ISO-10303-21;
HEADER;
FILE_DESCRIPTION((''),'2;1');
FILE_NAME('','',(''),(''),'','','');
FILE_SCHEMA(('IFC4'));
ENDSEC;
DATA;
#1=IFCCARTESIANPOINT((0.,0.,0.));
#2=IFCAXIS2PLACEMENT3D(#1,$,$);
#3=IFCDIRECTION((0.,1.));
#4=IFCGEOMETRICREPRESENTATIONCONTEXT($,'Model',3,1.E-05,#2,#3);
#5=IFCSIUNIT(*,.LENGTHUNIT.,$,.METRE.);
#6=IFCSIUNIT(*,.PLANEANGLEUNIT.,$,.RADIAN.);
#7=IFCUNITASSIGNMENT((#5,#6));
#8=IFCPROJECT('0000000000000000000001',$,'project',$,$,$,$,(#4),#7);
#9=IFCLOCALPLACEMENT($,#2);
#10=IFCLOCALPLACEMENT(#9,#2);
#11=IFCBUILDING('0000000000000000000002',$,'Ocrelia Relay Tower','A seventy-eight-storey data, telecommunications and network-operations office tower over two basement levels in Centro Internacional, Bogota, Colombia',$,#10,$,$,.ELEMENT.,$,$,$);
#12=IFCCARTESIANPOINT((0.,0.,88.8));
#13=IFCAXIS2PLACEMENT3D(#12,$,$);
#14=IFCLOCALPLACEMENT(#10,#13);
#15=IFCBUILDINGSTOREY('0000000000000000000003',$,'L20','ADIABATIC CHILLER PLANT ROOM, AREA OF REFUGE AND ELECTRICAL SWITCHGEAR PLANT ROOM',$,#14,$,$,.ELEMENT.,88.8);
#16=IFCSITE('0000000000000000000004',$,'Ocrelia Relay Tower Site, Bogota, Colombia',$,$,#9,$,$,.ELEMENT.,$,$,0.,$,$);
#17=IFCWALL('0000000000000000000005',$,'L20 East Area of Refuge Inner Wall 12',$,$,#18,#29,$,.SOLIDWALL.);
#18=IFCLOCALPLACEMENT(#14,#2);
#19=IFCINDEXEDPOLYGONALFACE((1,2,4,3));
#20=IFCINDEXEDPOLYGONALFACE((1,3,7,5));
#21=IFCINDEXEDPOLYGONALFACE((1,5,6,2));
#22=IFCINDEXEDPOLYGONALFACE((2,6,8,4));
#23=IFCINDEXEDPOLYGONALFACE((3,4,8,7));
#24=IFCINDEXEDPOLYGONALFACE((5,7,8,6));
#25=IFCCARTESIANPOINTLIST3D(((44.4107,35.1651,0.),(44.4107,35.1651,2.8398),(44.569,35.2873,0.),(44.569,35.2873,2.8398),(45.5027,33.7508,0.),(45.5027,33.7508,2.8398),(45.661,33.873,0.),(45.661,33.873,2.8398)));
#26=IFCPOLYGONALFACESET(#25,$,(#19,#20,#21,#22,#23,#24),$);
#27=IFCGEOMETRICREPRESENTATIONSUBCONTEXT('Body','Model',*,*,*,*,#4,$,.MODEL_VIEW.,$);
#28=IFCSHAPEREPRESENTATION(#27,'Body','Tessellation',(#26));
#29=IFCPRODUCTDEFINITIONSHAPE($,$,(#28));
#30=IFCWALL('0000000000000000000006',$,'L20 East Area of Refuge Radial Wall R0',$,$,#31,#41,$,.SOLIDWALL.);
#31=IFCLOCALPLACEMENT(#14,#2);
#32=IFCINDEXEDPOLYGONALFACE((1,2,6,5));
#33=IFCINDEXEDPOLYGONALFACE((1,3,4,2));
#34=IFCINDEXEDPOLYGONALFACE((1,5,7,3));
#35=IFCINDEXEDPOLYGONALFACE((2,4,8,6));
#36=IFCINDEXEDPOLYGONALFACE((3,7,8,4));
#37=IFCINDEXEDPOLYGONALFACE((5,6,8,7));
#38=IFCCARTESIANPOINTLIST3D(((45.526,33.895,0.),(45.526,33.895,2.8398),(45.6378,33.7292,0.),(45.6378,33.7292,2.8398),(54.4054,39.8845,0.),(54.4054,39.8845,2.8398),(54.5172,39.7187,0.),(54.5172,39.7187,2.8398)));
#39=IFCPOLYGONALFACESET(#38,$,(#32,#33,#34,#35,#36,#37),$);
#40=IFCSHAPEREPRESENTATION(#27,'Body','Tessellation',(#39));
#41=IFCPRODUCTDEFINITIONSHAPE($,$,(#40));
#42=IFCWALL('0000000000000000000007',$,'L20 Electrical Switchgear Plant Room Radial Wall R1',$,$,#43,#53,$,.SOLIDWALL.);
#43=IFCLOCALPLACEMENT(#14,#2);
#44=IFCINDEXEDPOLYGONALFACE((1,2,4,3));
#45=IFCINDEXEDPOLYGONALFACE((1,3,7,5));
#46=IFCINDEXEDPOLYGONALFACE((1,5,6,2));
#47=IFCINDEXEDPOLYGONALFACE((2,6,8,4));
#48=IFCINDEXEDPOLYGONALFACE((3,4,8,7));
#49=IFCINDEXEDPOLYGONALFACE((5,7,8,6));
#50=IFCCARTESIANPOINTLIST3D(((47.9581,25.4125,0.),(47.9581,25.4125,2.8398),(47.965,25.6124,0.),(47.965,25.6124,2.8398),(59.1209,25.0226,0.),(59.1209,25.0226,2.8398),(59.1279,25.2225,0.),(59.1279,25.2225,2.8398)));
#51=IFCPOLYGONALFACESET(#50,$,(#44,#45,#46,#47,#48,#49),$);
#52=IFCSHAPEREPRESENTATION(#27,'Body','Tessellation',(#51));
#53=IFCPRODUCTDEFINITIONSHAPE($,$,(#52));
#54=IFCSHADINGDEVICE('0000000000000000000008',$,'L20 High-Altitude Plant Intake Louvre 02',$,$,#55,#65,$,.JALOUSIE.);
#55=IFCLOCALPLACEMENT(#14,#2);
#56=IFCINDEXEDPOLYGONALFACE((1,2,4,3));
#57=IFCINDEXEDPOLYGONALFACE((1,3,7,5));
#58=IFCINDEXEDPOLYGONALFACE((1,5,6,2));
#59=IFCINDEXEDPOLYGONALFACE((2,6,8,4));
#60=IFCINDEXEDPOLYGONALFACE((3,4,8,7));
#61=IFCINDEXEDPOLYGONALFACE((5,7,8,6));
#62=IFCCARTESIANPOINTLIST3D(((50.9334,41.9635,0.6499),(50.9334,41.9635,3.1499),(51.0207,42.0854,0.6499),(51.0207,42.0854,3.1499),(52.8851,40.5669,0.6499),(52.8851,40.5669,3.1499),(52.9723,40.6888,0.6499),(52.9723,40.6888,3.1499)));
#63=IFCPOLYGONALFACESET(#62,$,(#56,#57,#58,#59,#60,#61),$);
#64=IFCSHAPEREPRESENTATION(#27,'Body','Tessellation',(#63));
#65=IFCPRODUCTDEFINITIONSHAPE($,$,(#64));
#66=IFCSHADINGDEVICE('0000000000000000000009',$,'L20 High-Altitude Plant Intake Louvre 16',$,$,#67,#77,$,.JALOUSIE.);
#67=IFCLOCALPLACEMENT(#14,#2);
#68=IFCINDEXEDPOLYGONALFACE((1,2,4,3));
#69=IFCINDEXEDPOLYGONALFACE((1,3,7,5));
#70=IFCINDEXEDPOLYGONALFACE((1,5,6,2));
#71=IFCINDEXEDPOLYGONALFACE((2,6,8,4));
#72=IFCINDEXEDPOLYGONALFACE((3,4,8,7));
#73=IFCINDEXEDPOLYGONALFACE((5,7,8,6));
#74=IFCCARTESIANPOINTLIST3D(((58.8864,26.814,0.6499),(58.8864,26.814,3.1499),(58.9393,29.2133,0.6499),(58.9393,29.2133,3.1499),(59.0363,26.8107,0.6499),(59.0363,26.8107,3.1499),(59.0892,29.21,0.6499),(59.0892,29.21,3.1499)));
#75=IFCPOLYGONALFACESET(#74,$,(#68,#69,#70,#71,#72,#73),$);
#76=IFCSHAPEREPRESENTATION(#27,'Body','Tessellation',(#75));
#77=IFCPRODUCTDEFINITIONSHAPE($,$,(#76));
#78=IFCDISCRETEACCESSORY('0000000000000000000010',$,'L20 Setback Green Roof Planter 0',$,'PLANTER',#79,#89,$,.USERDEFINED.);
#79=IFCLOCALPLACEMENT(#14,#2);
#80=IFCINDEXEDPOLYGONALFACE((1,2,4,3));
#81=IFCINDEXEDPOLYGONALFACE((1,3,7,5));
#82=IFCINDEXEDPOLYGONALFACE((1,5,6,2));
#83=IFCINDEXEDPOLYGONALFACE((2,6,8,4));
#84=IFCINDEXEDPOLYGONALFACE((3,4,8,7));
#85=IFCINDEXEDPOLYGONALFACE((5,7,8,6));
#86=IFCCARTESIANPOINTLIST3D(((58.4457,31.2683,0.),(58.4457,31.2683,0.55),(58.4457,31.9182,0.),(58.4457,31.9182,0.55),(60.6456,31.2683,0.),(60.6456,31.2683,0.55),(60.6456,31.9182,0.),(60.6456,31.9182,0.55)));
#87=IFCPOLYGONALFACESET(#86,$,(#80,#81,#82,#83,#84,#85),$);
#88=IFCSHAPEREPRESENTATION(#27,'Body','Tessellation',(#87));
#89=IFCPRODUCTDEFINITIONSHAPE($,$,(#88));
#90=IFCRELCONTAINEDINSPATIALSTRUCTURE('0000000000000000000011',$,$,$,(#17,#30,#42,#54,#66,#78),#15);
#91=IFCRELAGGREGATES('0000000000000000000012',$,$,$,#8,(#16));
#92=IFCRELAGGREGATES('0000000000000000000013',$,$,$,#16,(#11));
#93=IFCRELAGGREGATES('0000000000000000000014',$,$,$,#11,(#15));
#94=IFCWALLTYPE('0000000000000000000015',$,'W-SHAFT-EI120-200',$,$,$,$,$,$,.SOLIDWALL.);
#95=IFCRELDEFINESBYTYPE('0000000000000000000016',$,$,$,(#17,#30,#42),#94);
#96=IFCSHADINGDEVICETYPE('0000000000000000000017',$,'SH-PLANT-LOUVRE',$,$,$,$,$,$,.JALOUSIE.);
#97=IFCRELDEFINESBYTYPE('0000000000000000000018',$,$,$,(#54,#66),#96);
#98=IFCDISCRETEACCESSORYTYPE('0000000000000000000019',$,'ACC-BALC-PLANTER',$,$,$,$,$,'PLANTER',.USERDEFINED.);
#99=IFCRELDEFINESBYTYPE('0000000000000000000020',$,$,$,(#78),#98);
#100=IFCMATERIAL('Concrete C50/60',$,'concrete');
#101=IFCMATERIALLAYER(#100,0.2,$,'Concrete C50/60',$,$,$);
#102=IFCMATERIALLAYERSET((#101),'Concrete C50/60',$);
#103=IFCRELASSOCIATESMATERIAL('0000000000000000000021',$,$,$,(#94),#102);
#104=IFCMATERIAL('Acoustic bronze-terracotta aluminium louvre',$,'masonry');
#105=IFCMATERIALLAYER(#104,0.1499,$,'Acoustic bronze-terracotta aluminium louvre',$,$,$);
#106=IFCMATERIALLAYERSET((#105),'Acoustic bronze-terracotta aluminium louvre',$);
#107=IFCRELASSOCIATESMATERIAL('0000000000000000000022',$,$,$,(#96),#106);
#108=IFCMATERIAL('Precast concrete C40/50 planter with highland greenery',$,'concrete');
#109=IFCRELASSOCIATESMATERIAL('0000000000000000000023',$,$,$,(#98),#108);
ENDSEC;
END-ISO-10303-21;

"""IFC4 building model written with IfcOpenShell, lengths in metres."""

from ifc_helpers import new_model, si_unit, direction, frame, frame_2d, origin, origin_2d, place, context, subcontext, project, spatial, rectangle, extrude, material, layer, layer_set, type_object, element, save


model = new_model("IFC4")

# Units and contexts
model_context = context("Model", 3, precision=1e-05, world=origin(), true_north=direction((0.0, 1.0)))
body_context = subcontext(model_context, "Body", "Model", "MODEL_VIEW")
ifc_project = project(units=[si_unit("LENGTHUNIT", "METRE"), si_unit("PLANEANGLEUNIT", "RADIAN")], contexts=[model_context])

# Site, building, storey
site_placement = place(None, origin())
site = spatial("IfcSite", under=ifc_project, at=site_placement, Name="Ocrelia Relay Tower Site, Bogota, Colombia", CompositionType="ELEMENT", RefElevation=0.0)
building_placement = place(site_placement, origin())
building = spatial("IfcBuilding", under=site, at=building_placement, Name="Ocrelia Relay Tower", Description="A seventy-eight-storey data, telecommunications and network-operations office tower over two basement levels in Centro Internacional, Bogota, Colombia", CompositionType="ELEMENT")
storey_placement = place(building_placement, frame((0.0, 0.0, 88.8)))
storey = spatial("IfcBuildingStorey", under=building, at=storey_placement, Name="L20", Description="ADIABATIC CHILLER PLANT ROOM, AREA OF REFUGE AND ELECTRICAL SWITCHGEAR PLANT ROOM", CompositionType="ELEMENT", Elevation=88.8)

# Shared definitions
ifc_material_1 = material(Name="Concrete C50/60", Category="concrete")
ifc_layer_1 = layer(ifc_material_1, 0.2, Name="Concrete C50/60")
ifc_layer_set_1 = layer_set([ifc_layer_1], Name="Concrete C50/60")
wall_type_1 = type_object("IfcWallType", Name="W-SHAFT-EI120-200", PredefinedType="SOLIDWALL", material=ifc_layer_set_1)

# Walls
wall_1_placement = place(storey_placement, frame((44.4897, 35.2263, 0.0), z_axis=(0.0, 0.0, 1.0), x_axis=(0.611156, -0.79151, 0.0)))
element("IfcWall", 1, at=wall_1_placement, inside=storey, type_object=wall_type_1, Name="L20 East Area of Refuge Inner Wall 12", PredefinedType="SOLIDWALL", context=body_context, shape_type="SweptSolid", body=[
    extrude(rectangle(XDim=1.7869, YDim=0.2, at=frame_2d((0.8936, 0.0))), origin(), (0.0, 0.0, 1.0), 2.8398),
])
wall_2_placement = place(storey_placement, frame((45.5818, 33.812, 0.0), z_axis=(0.0, 0.0, 1.0), x_axis=(0.829026, 0.559211, 0.0)))
element("IfcWall", 2, at=wall_2_placement, inside=storey, type_object=wall_type_1, Name="L20 East Area of Refuge Radial Wall R0", PredefinedType="SOLIDWALL", context=body_context, shape_type="SweptSolid", body=[
    extrude(rectangle(XDim=10.7107, YDim=0.2, at=frame_2d((5.3555, 0.0))), origin(), (0.0, 0.0, 1.0), 2.8398),
])

# Wall
wall_3_placement = place(storey_placement, frame((47.9614, 25.5125, 0.0), z_axis=(0.0, 0.0, 1.0), x_axis=(0.999391, -0.034906, 0.0)))
element("IfcWall", 3, at=wall_3_placement, inside=storey, type_object=wall_type_1, Name="L20 Electrical Switchgear Plant Room Radial Wall R1", PredefinedType="SOLIDWALL", context=body_context, shape_type="SweptSolid", body=[
    extrude(rectangle(XDim=11.1697, YDim=0.2, at=frame_2d((5.585, 0.0))), origin(), (0.0, 0.0, 1.0), 2.8398),
])

# Shading devices
ifc_material_2 = material(Name="Acoustic bronze-terracotta aluminium louvre", Category="masonry")
ifc_layer_2 = layer(ifc_material_2, 0.1499, Name="Acoustic bronze-terracotta aluminium louvre")
ifc_layer_set_2 = layer_set([ifc_layer_2], Name="Acoustic bronze-terracotta aluminium louvre")
shading_device_type = type_object("IfcShadingDeviceType", Name="SH-PLANT-LOUVRE", PredefinedType="JALOUSIE", material=ifc_layer_set_2)
for number, where, z_axis, x_axis, name in (
    (4, (51.9529, 41.3262, 0.6499), (0.0, 0.0, 1.0), (-0.813225, 0.58195, 0.0), "L20 High-Altitude Plant Intake Louvre 02"),
    (5, (58.9878, 28.012, 0.6499), (0.0, 0.0, 1.0), (0.022053, 0.999757, 0.0), "L20 High-Altitude Plant Intake Louvre 16"),
):
    element("IfcShadingDevice", number, at=place(storey_placement, frame(where, z_axis=z_axis, x_axis=x_axis)), inside=storey, type_object=shading_device_type, Name=name, PredefinedType="JALOUSIE", context=body_context, shape_type="SweptSolid", body=[
        extrude(rectangle(XDim=2.3999, YDim=0.1499, at=origin_2d()), origin(), (0.0, 0.0, 1.0), 2.5),
    ])

# Discrete accessory
ifc_material_3 = material(Name="Precast concrete C40/50 planter with highland greenery", Category="concrete")
discrete_accessory_type = type_object("IfcDiscreteAccessoryType", Name="ACC-BALC-PLANTER", ElementType="PLANTER", PredefinedType="USERDEFINED", material=ifc_material_3)
discrete_accessory_placement = place(storey_placement, frame((59.5457, 31.5933, 0.0), z_axis=(0.0, 0.0, 1.0), x_axis=(1.0, 0.0, 0.0)))
element("IfcDiscreteAccessory", 6, at=discrete_accessory_placement, inside=storey, type_object=discrete_accessory_type, Name="L20 Setback Green Roof Planter 0", ObjectType="PLANTER", PredefinedType="USERDEFINED", context=body_context, shape_type="SweptSolid", body=[
    extrude(rectangle(XDim=2.2, YDim=0.6499, at=origin_2d()), origin(), (0.0, 0.0, 1.0), 0.55),
])

save(model, "model.ifc")
